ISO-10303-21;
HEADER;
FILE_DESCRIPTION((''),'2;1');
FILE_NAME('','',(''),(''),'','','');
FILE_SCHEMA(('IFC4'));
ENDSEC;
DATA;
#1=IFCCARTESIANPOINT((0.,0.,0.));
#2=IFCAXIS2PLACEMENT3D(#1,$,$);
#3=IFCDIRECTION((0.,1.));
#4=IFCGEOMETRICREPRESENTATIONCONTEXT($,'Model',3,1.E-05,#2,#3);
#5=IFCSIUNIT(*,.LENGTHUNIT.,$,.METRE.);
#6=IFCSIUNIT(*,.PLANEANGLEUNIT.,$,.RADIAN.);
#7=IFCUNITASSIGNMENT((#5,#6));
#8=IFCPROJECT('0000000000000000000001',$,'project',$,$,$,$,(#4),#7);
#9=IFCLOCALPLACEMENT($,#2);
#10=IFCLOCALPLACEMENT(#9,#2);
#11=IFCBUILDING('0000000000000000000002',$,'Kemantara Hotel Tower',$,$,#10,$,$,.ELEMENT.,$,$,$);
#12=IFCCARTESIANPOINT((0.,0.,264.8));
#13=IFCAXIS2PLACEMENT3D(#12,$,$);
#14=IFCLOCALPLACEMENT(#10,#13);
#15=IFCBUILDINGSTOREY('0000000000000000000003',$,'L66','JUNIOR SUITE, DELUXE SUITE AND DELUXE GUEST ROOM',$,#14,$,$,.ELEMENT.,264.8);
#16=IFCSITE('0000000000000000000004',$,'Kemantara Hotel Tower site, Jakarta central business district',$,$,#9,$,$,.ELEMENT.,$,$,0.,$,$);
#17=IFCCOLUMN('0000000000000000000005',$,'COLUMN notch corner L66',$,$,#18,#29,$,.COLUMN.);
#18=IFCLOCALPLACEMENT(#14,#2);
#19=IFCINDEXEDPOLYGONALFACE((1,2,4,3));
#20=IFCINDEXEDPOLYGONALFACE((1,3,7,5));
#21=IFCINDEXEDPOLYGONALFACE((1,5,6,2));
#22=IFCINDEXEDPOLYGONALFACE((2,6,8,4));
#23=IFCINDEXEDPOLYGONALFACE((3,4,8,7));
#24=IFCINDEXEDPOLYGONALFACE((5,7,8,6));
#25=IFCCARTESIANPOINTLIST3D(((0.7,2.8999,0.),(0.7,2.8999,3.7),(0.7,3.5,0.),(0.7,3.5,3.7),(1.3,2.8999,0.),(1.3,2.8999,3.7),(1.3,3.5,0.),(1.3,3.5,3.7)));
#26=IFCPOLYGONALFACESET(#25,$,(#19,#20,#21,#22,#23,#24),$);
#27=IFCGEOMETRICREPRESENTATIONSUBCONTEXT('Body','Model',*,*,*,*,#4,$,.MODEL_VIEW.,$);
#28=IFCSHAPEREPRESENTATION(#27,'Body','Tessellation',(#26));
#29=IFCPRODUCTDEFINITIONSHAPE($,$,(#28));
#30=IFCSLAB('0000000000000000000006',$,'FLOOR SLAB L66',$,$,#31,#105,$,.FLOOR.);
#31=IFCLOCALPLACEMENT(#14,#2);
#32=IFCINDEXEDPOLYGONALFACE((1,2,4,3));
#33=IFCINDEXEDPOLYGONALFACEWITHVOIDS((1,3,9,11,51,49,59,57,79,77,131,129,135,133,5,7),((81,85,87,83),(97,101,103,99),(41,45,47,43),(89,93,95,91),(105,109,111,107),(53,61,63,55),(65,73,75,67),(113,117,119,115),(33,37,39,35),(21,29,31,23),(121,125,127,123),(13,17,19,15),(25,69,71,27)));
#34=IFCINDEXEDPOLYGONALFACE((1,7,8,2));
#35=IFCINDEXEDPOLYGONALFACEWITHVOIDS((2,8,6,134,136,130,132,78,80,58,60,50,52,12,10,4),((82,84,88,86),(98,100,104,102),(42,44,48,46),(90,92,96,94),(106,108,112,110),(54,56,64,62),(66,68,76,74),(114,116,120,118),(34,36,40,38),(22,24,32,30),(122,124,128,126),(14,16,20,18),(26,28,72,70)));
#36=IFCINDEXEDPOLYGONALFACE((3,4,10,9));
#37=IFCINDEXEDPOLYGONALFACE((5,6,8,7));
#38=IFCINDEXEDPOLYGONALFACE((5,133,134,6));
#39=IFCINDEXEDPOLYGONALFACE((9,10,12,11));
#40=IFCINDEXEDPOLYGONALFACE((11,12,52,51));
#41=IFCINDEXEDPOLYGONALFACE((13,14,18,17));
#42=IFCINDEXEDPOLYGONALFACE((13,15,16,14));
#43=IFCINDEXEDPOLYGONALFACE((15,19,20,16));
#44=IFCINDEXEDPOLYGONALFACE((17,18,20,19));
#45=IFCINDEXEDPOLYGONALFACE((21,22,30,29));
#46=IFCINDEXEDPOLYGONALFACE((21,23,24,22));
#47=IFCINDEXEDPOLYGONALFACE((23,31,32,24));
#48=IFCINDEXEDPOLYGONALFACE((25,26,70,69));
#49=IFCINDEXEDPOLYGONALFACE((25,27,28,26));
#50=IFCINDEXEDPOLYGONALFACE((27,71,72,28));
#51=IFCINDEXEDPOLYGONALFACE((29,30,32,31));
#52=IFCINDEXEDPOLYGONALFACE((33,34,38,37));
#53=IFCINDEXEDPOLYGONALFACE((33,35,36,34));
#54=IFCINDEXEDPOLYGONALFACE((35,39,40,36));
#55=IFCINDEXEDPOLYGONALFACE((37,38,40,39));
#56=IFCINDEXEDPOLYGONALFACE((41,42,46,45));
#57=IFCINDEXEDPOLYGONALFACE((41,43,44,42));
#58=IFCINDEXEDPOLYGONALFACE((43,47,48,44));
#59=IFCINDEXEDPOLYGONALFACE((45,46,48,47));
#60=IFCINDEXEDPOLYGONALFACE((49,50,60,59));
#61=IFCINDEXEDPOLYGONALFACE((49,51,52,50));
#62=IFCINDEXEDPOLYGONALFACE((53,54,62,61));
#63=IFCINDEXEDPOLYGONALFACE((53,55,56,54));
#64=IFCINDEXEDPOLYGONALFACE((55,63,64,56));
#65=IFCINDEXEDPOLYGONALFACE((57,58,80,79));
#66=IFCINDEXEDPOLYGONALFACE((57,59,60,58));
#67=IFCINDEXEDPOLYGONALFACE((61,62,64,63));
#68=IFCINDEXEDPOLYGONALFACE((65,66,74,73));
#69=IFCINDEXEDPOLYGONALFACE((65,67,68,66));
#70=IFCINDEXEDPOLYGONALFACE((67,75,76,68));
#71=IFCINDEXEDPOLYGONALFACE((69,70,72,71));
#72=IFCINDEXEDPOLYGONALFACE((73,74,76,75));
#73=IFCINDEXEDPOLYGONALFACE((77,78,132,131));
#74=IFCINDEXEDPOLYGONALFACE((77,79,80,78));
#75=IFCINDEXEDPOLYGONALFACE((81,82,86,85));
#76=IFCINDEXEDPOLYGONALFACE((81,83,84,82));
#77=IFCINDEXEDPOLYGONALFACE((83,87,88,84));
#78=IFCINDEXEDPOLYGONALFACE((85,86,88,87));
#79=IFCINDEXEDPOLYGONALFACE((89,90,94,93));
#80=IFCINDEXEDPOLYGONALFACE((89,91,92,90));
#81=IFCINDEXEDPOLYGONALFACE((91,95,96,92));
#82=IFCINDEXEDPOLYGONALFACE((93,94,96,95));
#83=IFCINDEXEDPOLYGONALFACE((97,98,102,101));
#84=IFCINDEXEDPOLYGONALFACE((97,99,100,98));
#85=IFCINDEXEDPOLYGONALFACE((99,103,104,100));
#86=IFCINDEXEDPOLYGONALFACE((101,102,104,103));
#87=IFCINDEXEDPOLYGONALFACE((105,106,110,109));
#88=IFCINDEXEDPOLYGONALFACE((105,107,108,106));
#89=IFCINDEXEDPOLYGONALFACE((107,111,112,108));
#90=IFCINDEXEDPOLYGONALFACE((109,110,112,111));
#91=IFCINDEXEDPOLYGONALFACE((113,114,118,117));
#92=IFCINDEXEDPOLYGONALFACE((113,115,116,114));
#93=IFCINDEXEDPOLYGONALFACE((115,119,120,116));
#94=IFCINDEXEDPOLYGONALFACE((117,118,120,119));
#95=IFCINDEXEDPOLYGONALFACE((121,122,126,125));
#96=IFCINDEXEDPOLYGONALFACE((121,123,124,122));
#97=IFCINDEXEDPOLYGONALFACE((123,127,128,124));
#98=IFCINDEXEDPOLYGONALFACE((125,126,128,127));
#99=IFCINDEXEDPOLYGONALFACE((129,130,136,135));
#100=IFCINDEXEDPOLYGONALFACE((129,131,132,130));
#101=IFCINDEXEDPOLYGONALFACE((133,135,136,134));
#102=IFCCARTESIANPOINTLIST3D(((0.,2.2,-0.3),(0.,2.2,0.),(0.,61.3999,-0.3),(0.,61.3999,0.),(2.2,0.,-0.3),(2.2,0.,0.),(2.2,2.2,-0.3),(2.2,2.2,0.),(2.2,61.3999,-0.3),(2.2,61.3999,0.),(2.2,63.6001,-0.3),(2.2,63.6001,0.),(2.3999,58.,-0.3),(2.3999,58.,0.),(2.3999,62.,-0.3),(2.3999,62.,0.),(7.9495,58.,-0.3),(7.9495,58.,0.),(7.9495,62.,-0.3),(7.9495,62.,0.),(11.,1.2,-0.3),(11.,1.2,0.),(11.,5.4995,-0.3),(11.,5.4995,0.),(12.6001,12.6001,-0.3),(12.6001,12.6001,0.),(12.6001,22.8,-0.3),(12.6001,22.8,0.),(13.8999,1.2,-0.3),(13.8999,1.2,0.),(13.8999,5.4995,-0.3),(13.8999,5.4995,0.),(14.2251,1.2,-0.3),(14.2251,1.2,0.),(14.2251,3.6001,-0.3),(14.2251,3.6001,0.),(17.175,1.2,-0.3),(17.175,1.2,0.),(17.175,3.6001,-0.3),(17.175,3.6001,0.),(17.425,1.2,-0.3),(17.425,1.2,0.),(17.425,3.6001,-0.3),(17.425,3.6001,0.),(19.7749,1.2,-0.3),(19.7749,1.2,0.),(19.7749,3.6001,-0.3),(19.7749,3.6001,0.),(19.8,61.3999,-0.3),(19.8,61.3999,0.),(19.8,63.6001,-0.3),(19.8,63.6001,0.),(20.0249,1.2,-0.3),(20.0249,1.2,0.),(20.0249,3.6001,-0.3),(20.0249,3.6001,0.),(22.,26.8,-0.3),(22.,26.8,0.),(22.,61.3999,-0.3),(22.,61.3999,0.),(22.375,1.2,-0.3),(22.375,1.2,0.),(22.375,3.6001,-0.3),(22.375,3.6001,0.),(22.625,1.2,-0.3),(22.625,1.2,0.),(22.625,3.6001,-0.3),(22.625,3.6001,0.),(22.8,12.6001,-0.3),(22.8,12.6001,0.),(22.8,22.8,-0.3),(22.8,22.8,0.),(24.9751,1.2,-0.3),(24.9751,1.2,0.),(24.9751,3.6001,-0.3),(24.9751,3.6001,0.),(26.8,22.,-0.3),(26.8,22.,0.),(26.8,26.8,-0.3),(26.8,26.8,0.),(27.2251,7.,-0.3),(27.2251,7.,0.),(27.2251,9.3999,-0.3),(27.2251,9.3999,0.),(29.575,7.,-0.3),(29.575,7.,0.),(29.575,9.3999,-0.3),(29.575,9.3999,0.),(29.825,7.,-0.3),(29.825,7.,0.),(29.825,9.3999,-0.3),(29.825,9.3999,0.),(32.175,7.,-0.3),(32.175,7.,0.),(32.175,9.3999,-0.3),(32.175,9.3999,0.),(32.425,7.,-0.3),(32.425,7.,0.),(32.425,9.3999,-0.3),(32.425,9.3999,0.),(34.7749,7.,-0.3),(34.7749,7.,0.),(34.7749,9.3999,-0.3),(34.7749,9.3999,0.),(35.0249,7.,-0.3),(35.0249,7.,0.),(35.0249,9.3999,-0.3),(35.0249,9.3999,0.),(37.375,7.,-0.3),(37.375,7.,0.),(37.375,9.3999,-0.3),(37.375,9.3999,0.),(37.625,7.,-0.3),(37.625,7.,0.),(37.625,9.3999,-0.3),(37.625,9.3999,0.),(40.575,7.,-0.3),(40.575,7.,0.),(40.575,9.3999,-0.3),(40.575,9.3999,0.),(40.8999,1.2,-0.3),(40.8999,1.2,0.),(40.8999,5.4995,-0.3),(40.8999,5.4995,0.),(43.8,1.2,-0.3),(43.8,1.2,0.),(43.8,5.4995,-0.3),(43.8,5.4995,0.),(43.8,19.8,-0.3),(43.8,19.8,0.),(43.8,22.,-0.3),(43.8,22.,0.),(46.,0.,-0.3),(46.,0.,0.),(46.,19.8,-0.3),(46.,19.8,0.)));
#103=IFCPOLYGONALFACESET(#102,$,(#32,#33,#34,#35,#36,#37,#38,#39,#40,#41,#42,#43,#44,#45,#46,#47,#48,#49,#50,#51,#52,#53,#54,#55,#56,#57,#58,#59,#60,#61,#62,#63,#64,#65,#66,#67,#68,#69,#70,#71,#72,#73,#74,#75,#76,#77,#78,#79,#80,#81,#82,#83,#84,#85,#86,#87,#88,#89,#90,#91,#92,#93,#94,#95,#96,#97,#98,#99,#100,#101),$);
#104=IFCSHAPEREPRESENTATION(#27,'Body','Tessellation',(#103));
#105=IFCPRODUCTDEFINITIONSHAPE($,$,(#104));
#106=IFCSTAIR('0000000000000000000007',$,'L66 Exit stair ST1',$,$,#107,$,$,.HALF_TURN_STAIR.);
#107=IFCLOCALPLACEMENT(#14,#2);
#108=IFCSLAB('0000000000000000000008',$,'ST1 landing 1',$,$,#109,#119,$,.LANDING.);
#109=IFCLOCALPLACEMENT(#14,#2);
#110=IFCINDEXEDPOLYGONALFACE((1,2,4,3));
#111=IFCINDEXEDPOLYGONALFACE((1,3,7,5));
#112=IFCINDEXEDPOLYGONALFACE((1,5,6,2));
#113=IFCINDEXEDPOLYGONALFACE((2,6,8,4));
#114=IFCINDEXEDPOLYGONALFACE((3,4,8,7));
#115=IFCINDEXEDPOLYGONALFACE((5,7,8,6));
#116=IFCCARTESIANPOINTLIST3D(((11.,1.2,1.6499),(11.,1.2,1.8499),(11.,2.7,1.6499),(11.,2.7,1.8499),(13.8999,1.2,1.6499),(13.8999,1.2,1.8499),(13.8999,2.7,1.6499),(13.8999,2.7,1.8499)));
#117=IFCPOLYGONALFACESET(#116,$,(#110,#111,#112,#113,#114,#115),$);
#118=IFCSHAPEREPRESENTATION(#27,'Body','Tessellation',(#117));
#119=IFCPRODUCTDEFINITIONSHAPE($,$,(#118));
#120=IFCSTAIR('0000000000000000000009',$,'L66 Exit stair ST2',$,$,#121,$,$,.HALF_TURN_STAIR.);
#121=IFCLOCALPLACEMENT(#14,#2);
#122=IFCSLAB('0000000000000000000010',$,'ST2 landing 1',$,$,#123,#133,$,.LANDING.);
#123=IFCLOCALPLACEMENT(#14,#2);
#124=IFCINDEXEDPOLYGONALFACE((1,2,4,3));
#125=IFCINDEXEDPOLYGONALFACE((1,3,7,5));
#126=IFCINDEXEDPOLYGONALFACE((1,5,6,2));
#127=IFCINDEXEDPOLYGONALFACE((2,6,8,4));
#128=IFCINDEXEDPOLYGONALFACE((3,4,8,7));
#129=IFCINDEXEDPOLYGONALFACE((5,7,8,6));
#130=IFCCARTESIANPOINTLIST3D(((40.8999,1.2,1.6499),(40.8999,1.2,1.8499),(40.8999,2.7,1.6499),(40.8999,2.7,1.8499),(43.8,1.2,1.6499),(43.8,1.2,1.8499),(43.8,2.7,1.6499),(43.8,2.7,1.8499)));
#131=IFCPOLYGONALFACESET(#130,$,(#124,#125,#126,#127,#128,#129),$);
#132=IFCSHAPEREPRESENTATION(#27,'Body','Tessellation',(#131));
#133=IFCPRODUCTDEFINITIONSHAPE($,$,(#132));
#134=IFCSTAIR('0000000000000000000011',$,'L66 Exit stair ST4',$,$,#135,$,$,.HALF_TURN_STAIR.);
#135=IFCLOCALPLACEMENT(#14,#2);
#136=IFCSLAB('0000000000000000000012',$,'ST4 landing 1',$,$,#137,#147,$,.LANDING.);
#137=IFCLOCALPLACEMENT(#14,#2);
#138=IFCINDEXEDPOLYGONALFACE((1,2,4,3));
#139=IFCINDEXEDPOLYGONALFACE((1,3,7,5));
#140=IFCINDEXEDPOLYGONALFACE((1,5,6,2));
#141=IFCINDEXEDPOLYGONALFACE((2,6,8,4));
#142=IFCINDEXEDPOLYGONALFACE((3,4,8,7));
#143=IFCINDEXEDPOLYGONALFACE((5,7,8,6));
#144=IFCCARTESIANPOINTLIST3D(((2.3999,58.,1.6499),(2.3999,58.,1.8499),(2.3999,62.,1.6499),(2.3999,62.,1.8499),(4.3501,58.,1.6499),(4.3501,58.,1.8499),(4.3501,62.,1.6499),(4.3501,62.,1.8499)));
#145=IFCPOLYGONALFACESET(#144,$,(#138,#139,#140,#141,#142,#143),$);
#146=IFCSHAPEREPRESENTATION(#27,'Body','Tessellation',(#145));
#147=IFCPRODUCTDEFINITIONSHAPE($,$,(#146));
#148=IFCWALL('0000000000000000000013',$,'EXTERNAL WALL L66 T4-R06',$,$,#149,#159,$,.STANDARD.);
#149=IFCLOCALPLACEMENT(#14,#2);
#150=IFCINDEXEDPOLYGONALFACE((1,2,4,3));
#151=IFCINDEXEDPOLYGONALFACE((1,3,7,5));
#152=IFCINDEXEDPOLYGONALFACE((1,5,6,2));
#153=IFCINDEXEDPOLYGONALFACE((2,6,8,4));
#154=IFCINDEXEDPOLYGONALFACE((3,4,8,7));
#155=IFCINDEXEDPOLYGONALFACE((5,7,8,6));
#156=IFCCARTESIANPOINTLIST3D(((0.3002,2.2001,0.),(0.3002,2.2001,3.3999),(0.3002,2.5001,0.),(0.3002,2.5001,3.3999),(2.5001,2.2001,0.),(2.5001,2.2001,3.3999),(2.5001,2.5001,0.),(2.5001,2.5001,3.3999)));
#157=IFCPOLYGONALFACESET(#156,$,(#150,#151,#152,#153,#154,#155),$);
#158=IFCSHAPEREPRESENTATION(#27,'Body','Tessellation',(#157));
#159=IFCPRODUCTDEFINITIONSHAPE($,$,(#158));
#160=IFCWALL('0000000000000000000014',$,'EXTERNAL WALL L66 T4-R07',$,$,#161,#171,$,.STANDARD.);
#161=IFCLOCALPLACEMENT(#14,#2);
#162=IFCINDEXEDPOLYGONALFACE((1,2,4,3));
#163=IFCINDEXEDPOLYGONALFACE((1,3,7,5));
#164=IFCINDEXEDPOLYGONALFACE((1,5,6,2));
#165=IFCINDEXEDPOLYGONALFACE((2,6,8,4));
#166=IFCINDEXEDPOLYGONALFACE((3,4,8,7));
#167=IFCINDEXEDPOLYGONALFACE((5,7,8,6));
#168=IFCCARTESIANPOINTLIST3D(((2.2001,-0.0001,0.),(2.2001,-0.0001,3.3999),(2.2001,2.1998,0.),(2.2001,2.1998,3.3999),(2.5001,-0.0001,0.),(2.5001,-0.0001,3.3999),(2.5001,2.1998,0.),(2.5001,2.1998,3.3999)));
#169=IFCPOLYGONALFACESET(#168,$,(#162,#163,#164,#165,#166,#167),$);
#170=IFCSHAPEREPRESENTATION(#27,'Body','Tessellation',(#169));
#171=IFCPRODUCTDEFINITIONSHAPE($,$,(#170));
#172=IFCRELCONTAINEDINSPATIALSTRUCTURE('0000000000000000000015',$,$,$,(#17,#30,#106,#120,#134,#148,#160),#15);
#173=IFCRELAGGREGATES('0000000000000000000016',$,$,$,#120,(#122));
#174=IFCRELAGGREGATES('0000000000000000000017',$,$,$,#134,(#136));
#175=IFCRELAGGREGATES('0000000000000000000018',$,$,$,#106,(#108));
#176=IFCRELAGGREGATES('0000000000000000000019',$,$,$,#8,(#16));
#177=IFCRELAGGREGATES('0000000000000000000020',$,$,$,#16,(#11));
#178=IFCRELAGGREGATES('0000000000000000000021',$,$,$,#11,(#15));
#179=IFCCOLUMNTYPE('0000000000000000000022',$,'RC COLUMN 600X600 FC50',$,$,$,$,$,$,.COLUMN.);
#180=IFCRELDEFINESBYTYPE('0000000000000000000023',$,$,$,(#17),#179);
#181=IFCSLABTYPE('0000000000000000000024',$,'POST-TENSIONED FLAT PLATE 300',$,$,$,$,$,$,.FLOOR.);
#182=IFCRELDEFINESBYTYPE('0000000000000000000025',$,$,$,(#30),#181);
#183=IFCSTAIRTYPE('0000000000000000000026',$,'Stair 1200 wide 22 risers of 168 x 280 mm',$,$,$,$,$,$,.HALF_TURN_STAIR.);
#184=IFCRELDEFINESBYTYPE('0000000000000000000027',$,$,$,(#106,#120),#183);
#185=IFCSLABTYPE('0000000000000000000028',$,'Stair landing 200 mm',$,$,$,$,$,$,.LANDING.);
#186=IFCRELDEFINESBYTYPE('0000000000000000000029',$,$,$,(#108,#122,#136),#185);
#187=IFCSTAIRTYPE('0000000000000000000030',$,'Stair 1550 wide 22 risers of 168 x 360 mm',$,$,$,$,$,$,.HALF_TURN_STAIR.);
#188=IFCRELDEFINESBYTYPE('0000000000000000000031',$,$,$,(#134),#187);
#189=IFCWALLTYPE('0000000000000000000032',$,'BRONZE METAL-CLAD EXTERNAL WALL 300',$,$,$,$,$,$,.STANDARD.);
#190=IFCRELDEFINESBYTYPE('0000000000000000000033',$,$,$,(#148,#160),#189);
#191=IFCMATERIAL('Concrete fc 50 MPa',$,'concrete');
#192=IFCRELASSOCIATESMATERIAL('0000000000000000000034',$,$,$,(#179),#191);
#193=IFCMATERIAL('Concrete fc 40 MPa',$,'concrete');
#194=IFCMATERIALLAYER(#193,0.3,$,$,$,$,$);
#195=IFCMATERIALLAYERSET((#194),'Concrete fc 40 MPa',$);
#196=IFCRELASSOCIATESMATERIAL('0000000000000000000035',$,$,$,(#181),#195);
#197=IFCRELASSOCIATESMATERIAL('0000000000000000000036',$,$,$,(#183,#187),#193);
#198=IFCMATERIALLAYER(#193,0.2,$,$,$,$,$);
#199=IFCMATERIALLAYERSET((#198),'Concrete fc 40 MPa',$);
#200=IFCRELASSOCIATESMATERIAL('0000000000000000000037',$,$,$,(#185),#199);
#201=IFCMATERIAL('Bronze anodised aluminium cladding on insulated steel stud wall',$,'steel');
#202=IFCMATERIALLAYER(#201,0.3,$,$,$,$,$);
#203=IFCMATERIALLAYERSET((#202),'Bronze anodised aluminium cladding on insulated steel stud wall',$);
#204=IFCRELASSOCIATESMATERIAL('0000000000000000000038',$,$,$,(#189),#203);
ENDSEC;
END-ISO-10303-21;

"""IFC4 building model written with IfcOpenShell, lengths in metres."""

from ifc_helpers import new_model, si_unit, direction, frame, frame_2d, origin, origin_2d, place, context, subcontext, project, spatial, polyline, rectangle, outline, extrude, material, layer, layer_set, material_profile, profile_set, type_object, element, aggregate, save


model = new_model("IFC4")

# Units and contexts
model_context = context("Model", 3, precision=1e-05, world=origin(), true_north=direction((0.0, 1.0)))
body_context = subcontext(model_context, "Body", "Model", "MODEL_VIEW")
ifc_project = project(units=[si_unit("LENGTHUNIT", "METRE"), si_unit("PLANEANGLEUNIT", "RADIAN")], contexts=[model_context])

# Site, building, storey
site_placement = place(None, origin())
site = spatial("IfcSite", under=ifc_project, at=site_placement, Name="Kemantara Hotel Tower site, Jakarta central business district", CompositionType="ELEMENT", RefElevation=0.0)
building_placement = place(site_placement, origin())
building = spatial("IfcBuilding", under=site, at=building_placement, Name="Kemantara Hotel Tower", CompositionType="ELEMENT")
storey_placement = place(building_placement, frame((0.0, 0.0, 264.8)))
storey = spatial("IfcBuildingStorey", under=building, at=storey_placement, Name="L66", Description="JUNIOR SUITE, DELUXE SUITE AND DELUXE GUEST ROOM", CompositionType="ELEMENT", Elevation=264.8)

# Column
ifc_material_1 = material(Name="Concrete fc 50 MPa", Category="concrete")
ifc_material_profile = material_profile(ifc_material_1, rectangle(XDim=0.6001, YDim=0.6001, at=origin_2d()), Name="RC 600X600")
ifc_profile_set = profile_set([ifc_material_profile], Name="Concrete fc 50 MPa")
column_type = type_object("IfcColumnType", Name="RC COLUMN 600X600 FC50", PredefinedType="COLUMN", material=ifc_profile_set)
column_placement = place(storey_placement, frame((1.0, 3.2, 0.0), z_axis=(0.0, 0.0, 1.0), x_axis=(1.0, 0.0, 0.0)))
element("IfcColumn", 1, at=column_placement, inside=storey, type_object=column_type, Name="COLUMN notch corner L66", PredefinedType="COLUMN", context=body_context, shape_type="SweptSolid", body=[
    extrude(rectangle(XDim=0.6001, YDim=0.6001, at=origin_2d()), origin(), (0.0, 0.0, 1.0), 3.7),
])

# Slab
ifc_material_2 = material(Name="Concrete fc 40 MPa", Category="concrete")
ifc_layer_1 = layer(ifc_material_2, 0.3)
ifc_layer_set_1 = layer_set([ifc_layer_1], Name="Concrete fc 40 MPa")
slab_type_1 = type_object("IfcSlabType", Name="POST-TENSIONED FLAT PLATE 300", PredefinedType="FLOOR", material=ifc_layer_set_1)
slab_1_placement = place(storey_placement, frame((0.0, 0.0, -0.3)))
element("IfcSlab", 2, at=slab_1_placement, inside=storey, type_object=slab_type_1, Name="FLOOR SLAB L66", PredefinedType="FLOOR", context=body_context, shape_type="SweptSolid", body=[
    extrude(outline(polyline([(22.0, 26.8), (22.0, 61.3999), (19.8, 61.3999), (19.8, 63.6001), (2.2, 63.6001), (2.2, 61.3999), (0.0, 61.3999), (0.0, 2.2), (2.2, 2.2), (2.2, 0.0), (46.0, 0.0), (46.0, 19.8), (43.8, 19.8), (43.8, 22.0), (26.8, 22.0), (26.8, 26.8), (22.0, 26.8)]), holes=[polyline([(17.175, 3.6001), (17.175, 1.2), (14.2251, 1.2), (14.2251, 3.6001), (17.175, 3.6001)]), polyline([(19.7749, 1.2), (17.425, 1.2), (17.425, 3.6001), (19.7749, 3.6001), (19.7749, 1.2)]), polyline([(22.375, 1.2), (20.0249, 1.2), (20.0249, 3.6001), (22.375, 3.6001), (22.375, 1.2)]), polyline([(24.9751, 3.6001), (24.9751, 1.2), (22.625, 1.2), (22.625, 3.6001), (24.9751, 3.6001)]), polyline([(11.0, 1.2), (11.0, 5.4995), (13.8999, 5.4995), (13.8999, 1.2), (11.0, 1.2)]), polyline([(22.8, 12.6001), (12.6001, 12.6001), (12.6001, 22.8), (22.8, 22.8), (22.8, 12.6001)]), polyline([(2.3999, 58.0), (2.3999, 62.0), (7.9495, 62.0), (7.9495, 58.0), (2.3999, 58.0)]), polyline([(40.8999, 1.2), (40.8999, 5.4995), (43.8, 5.4995), (43.8, 1.2), (40.8999, 1.2)]), polyline([(29.575, 7.0), (27.2251, 7.0), (27.2251, 9.3999), (29.575, 9.3999), (29.575, 7.0)]), polyline([(32.175, 7.0), (29.825, 7.0), (29.825, 9.3999), (32.175, 9.3999), (32.175, 7.0)]), polyline([(34.7749, 7.0), (32.425, 7.0), (32.425, 9.3999), (34.7749, 9.3999), (34.7749, 7.0)]), polyline([(37.375, 7.0), (35.0249, 7.0), (35.0249, 9.3999), (37.375, 9.3999), (37.375, 7.0)]), polyline([(40.575, 7.0), (37.625, 7.0), (37.625, 9.3999), (40.575, 9.3999), (40.575, 7.0)])]), origin(), (0.0, 0.0, 1.0), 0.3),
])

# Stairs, slabs
stair_type_1 = type_object("IfcStairType", Name="Stair 1200 wide 22 risers of 168 x 280 mm", PredefinedType="HALF_TURN_STAIR", material=ifc_material_2)
stair_1_placement = place(storey_placement, origin())
stair_1 = element("IfcStair", 3, at=stair_1_placement, inside=storey, type_object=stair_type_1, Name="L66 Exit stair ST1", PredefinedType="HALF_TURN_STAIR")
ifc_layer_2 = layer(ifc_material_2, 0.2)
ifc_layer_set_2 = layer_set([ifc_layer_2], Name="Concrete fc 40 MPa")
slab_type_2 = type_object("IfcSlabType", Name="Stair landing 200 mm", PredefinedType="LANDING", material=ifc_layer_set_2)
slab_2_placement = place(storey_placement, frame((0.0, 0.0, 1.6499)))
slab_2 = element("IfcSlab", 4, at=slab_2_placement, type_object=slab_type_2, Name="ST1 landing 1", PredefinedType="LANDING", context=body_context, shape_type="SweptSolid", body=[
    extrude(outline(polyline([(11.0, 2.7), (11.0, 1.2), (13.8999, 1.2), (13.8999, 2.7), (11.0, 2.7)])), origin(), (0.0, 0.0, 1.0), 0.2),
])
stair_2_placement = place(storey_placement, origin())
stair_2 = element("IfcStair", 5, at=stair_2_placement, inside=storey, type_object=stair_type_1, Name="L66 Exit stair ST2", PredefinedType="HALF_TURN_STAIR")
slab_3_placement = place(storey_placement, frame((0.0, 0.0, 1.6499)))
slab_3 = element("IfcSlab", 6, at=slab_3_placement, type_object=slab_type_2, Name="ST2 landing 1", PredefinedType="LANDING", context=body_context, shape_type="SweptSolid", body=[
    extrude(outline(polyline([(40.8999, 2.7), (40.8999, 1.2), (43.8, 1.2), (43.8, 2.7), (40.8999, 2.7)])), origin(), (0.0, 0.0, 1.0), 0.2),
])
aggregate(stair_2, [slab_3])
stair_type_2 = type_object("IfcStairType", Name="Stair 1550 wide 22 risers of 168 x 360 mm", PredefinedType="HALF_TURN_STAIR", material=ifc_material_2)
stair_3_placement = place(storey_placement, origin())
stair_3 = element("IfcStair", 7, at=stair_3_placement, inside=storey, type_object=stair_type_2, Name="L66 Exit stair ST4", PredefinedType="HALF_TURN_STAIR")
slab_4_placement = place(storey_placement, frame((0.0, 0.0, 1.6499)))
slab_4 = element("IfcSlab", 8, at=slab_4_placement, type_object=slab_type_2, Name="ST4 landing 1", PredefinedType="LANDING", context=body_context, shape_type="SweptSolid", body=[
    extrude(outline(polyline([(4.3501, 62.0), (2.3999, 62.0), (2.3999, 58.0), (4.3501, 58.0), (4.3501, 62.0)])), origin(), (0.0, 0.0, 1.0), 0.2),
])
aggregate(stair_3, [slab_4])

# Walls
ifc_material_3 = material(Name="Bronze anodised aluminium cladding on insulated steel stud wall", Category="steel")
ifc_layer_3 = layer(ifc_material_3, 0.3)
ifc_layer_set_3 = layer_set([ifc_layer_3], Name="Bronze anodised aluminium cladding on insulated steel stud wall")
wall_type_1 = type_object("IfcWallType", Name="BRONZE METAL-CLAD EXTERNAL WALL 300", PredefinedType="STANDARD", material=ifc_layer_set_3)
for number, where, z_axis, x_axis, name in (
    (9, (0.3, 2.3501, 0.0), (0.0, 0.0, 1.0), (1.0, 0.0, 0.0), "EXTERNAL WALL L66 T4-R06"),
    (10, (2.3501, 2.2, 0.0), (0.0, 0.0, 1.0), (0.0, -1.0, 0.0), "EXTERNAL WALL L66 T4-R07"),
):
    element("IfcWall", number, at=place(storey_placement, frame(where, z_axis=z_axis, x_axis=x_axis)), inside=storey, type_object=wall_type_1, Name=name, PredefinedType="STANDARD", context=body_context, shape_type="SweptSolid", body=[
        extrude(rectangle(XDim=2.2, YDim=0.3, at=frame_2d((1.1001, 0.0))), origin(), (0.0, 0.0, 1.0), 3.3999),
    ])

aggregate(stair_1, [slab_2])

save(model, "model.ifc")
